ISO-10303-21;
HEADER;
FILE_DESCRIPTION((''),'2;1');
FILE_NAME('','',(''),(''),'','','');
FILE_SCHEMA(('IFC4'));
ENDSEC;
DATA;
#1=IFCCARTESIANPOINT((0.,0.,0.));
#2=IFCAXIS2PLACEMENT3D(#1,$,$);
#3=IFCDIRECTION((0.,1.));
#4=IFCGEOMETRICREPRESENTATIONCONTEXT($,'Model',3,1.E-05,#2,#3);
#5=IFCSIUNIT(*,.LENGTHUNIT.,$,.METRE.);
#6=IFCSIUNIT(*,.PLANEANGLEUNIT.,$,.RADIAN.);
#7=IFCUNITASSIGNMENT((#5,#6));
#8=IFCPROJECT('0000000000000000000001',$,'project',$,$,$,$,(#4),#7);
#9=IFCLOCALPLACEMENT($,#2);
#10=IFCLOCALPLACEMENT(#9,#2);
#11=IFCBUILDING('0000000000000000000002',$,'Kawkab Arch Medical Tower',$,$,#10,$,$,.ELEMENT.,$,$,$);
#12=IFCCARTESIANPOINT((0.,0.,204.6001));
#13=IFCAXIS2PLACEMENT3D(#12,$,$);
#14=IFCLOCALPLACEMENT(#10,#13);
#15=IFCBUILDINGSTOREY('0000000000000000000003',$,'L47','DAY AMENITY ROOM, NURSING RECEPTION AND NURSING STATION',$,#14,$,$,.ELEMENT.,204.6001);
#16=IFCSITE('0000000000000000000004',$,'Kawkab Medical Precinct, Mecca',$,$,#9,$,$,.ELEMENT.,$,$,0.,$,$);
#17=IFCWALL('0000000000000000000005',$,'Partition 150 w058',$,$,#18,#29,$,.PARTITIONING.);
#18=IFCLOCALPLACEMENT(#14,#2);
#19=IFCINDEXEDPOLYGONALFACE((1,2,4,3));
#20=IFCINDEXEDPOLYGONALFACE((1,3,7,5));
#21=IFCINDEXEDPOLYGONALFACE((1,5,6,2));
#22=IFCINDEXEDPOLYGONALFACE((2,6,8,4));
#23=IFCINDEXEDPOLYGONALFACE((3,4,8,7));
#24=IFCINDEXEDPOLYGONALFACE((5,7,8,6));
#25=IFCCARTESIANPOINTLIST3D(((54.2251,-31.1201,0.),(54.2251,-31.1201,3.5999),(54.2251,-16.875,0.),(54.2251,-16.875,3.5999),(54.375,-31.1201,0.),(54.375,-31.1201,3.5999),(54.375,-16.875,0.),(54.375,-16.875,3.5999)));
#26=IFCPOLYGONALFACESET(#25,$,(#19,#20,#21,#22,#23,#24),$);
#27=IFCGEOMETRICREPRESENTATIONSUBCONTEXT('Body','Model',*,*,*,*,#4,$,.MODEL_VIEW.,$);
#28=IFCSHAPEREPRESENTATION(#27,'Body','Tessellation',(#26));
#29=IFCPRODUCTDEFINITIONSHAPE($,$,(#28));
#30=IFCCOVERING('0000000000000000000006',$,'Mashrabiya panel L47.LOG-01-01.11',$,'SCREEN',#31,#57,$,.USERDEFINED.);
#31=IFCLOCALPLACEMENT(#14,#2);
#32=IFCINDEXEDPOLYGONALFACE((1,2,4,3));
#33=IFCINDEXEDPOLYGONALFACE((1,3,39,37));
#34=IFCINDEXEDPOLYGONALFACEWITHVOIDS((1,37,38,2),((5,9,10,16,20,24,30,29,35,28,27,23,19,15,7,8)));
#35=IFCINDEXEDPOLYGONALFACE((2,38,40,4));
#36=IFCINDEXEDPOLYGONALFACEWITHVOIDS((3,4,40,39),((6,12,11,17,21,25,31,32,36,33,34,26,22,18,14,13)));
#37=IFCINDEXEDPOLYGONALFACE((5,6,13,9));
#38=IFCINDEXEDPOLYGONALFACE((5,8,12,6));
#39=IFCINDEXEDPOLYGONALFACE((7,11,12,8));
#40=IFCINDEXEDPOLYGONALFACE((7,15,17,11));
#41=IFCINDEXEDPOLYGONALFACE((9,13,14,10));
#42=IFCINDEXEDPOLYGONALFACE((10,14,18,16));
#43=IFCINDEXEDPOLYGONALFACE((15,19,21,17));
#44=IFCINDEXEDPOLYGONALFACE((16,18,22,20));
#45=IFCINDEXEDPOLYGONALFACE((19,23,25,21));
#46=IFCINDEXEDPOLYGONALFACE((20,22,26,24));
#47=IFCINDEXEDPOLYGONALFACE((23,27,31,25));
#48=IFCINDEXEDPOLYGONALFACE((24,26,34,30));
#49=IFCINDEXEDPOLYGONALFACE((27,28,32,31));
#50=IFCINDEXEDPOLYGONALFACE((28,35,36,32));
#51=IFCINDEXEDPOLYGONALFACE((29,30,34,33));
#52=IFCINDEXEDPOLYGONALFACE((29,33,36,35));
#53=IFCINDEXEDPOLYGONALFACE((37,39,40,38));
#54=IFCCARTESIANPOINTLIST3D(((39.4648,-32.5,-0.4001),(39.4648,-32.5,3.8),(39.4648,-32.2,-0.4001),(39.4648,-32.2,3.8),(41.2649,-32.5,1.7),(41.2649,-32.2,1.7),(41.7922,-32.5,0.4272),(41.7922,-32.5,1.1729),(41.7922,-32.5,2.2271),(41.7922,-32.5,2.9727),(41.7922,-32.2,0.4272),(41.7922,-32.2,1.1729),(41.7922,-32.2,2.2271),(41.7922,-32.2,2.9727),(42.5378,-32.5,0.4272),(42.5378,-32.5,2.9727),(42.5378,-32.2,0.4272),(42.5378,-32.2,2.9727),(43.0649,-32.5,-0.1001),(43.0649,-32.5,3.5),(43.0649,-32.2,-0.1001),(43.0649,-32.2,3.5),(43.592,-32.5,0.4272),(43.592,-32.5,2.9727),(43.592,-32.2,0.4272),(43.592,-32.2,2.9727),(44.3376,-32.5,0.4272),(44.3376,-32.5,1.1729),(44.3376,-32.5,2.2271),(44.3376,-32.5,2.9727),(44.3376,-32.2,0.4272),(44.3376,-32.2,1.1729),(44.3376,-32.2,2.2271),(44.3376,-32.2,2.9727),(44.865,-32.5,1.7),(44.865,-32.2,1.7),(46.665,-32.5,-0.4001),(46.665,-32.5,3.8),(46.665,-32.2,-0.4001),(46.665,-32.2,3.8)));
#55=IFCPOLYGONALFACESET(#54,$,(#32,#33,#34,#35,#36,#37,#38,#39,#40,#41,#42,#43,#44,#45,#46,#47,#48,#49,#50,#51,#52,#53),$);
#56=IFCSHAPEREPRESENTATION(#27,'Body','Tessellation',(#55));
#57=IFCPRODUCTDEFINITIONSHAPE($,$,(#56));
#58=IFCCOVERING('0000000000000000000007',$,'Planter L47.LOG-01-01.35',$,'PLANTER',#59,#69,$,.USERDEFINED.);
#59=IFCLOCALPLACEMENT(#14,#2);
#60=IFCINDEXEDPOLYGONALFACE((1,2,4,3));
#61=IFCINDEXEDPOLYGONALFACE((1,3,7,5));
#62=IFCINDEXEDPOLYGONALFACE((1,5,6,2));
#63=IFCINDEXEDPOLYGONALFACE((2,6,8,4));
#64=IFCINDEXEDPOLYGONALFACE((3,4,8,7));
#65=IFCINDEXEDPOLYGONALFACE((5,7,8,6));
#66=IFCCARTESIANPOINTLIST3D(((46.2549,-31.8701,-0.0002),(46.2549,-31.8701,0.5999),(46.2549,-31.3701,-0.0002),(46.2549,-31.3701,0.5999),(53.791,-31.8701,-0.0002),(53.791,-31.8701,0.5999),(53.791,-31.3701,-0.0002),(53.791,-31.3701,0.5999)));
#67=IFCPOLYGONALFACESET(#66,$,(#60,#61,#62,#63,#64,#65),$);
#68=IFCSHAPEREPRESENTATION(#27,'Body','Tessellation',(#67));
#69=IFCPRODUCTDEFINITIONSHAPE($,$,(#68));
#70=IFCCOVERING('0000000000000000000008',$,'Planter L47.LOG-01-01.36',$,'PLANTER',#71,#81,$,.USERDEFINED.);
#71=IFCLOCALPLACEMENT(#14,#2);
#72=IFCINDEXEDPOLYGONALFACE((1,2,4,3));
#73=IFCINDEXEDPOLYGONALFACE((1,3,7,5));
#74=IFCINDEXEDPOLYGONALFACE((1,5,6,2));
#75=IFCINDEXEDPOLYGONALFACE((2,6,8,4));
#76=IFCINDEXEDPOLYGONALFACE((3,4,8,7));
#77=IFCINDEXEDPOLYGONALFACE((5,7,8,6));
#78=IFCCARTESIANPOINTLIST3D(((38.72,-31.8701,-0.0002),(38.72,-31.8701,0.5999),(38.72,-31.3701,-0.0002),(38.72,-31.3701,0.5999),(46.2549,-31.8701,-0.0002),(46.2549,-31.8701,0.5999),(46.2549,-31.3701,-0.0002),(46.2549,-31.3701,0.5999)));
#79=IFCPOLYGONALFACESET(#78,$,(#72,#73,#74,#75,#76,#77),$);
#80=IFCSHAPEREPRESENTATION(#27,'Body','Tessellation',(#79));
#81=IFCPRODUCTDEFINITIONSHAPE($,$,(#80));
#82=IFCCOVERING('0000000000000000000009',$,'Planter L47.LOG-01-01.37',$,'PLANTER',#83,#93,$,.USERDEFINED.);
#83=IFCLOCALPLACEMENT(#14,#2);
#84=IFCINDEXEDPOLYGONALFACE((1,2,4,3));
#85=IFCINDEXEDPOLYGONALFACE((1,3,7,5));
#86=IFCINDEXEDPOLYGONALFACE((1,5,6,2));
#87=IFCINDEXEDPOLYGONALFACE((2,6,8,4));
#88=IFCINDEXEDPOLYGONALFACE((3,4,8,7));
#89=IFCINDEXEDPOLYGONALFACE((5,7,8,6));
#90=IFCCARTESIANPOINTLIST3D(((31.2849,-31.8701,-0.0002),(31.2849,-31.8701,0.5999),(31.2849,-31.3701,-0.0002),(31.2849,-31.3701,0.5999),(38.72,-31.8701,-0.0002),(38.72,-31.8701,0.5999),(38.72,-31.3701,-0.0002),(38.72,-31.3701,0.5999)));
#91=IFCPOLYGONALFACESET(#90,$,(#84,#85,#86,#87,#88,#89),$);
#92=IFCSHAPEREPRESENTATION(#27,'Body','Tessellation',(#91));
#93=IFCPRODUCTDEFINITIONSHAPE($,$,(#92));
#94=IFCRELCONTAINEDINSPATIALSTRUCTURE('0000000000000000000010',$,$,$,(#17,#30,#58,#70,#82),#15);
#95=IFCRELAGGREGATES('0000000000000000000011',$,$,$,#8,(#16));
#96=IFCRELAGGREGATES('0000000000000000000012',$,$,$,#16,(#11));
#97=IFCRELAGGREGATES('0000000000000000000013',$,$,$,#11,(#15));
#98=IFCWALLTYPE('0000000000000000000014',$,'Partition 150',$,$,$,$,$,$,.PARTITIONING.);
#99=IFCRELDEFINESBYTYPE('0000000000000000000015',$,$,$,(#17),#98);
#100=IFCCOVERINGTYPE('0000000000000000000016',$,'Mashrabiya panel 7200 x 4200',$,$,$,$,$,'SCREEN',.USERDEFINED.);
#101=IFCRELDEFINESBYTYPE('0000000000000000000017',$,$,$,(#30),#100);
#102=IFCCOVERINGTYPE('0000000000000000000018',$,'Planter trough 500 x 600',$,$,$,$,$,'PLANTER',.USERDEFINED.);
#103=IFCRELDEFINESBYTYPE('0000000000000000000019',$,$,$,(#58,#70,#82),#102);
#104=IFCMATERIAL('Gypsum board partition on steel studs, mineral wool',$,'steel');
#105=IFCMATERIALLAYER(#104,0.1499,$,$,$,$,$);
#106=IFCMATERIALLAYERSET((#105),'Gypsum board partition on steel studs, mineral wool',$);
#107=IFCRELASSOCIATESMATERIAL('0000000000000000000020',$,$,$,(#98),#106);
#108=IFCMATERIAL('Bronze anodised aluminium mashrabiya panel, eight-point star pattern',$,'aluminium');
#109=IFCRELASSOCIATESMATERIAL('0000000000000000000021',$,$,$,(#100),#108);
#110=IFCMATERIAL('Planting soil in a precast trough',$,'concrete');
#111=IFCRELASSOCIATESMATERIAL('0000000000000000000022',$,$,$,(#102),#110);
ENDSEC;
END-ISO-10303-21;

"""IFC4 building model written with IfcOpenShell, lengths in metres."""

from ifc_helpers import new_model, si_unit, direction, frame, frame_2d, origin, origin_2d, place, context, subcontext, project, spatial, polyline, rectangle, outline, extrude, material, layer, layer_set, material_profile, profile_set, type_object, element, save


model = new_model("IFC4")

# Units and contexts
model_context = context("Model", 3, precision=1e-05, world=origin(), true_north=direction((0.0, 1.0)))
body_context = subcontext(model_context, "Body", "Model", "MODEL_VIEW")
ifc_project = project(units=[si_unit("LENGTHUNIT", "METRE"), si_unit("PLANEANGLEUNIT", "RADIAN")], contexts=[model_context])

# Site, building, storey
site_placement = place(None, origin())
site = spatial("IfcSite", under=ifc_project, at=site_placement, Name="Kawkab Medical Precinct, Mecca", CompositionType="ELEMENT", RefElevation=0.0)
building_placement = place(site_placement, origin())
building = spatial("IfcBuilding", under=site, at=building_placement, Name="Kawkab Arch Medical Tower", CompositionType="ELEMENT")
storey_placement = place(building_placement, frame((0.0, 0.0, 204.6001)))
storey = spatial("IfcBuildingStorey", under=building, at=storey_placement, Name="L47", Description="DAY AMENITY ROOM, NURSING RECEPTION AND NURSING STATION", CompositionType="ELEMENT", Elevation=204.6001)

# Wall
ifc_material_1 = material(Name="Gypsum board partition on steel studs, mineral wool", Category="steel")
ifc_layer_1 = layer(ifc_material_1, 0.1499)
ifc_layer_set_1 = layer_set([ifc_layer_1], Name="Gypsum board partition on steel studs, mineral wool")
wall_type_1 = type_object("IfcWallType", Name="Partition 150", PredefinedType="PARTITIONING", material=ifc_layer_set_1)
for number, where, z_axis, x_axis, name in (
    (1, (54.3, -31.1201, 0.0), (0.0, 0.0, 1.0), (0.0, 1.0, 0.0), "Partition 150 w058"),
):
    element("IfcWall", number, at=place(storey_placement, frame(where, z_axis=z_axis, x_axis=x_axis)), inside=storey, type_object=wall_type_1, Name=name, PredefinedType="PARTITIONING", context=body_context, shape_type="SweptSolid", body=[
        extrude(rectangle(XDim=14.2451, YDim=0.1499, at=frame_2d((7.1226, 0.0))), origin(), (0.0, 0.0, 1.0), 3.5999),
    ])

# Coverings
ifc_material_2 = material(Name="Bronze anodised aluminium mashrabiya panel, eight-point star pattern", Category="aluminium")
ifc_material_profile_1 = material_profile(ifc_material_2, outline(polyline([(-3.6001, -2.1001), (3.6001, -2.1001), (3.6001, 2.1001), (-3.6001, 2.1001), (-3.6001, -2.1001)]), holes=[polyline([(1.8, 0.0), (1.2727, 0.5271), (1.2727, 1.2727), (0.5271, 1.2727), (0.0, 1.8), (-0.5271, 1.2727), (-1.2727, 1.2727), (-1.2727, 0.5271), (-1.8, 0.0), (-1.2727, -0.5271), (-1.2727, -1.2727), (-0.5271, -1.2727), (0.0, -1.8), (0.5271, -1.2727), (1.2727, -1.2727), (1.2727, -0.5271), (1.8, 0.0)])]), Name="Mashrabiya panel 7200x4200")
ifc_profile_set_1 = profile_set([ifc_material_profile_1], Name="Bronze anodised aluminium mashrabiya panel, eight-point star pattern")
covering_type_1 = type_object("IfcCoveringType", Name="Mashrabiya panel 7200 x 4200", ElementType="SCREEN", PredefinedType="USERDEFINED", material=ifc_profile_set_1)
covering_1_placement = place(storey_placement, frame((43.0649, -32.2, 1.7), z_axis=(0.0, -1.0, 0.0), x_axis=(1.0, 0.0, 0.0)))
element("IfcCovering", 2, at=covering_1_placement, inside=storey, type_object=covering_type_1, Name="Mashrabiya panel L47.LOG-01-01.11", ObjectType="SCREEN", PredefinedType="USERDEFINED", context=body_context, shape_type="SweptSolid", body=[
    extrude(outline(polyline([(-3.6001, -2.1001), (3.6001, -2.1001), (3.6001, 2.1001), (-3.6001, 2.1001), (-3.6001, -2.1001)]), holes=[polyline([(1.8, 0.0), (1.2727, 0.5271), (1.2727, 1.2727), (0.5271, 1.2727), (0.0, 1.8), (-0.5271, 1.2727), (-1.2727, 1.2727), (-1.2727, 0.5271), (-1.8, 0.0), (-1.2727, -0.5271), (-1.2727, -1.2727), (-0.5271, -1.2727), (0.0, -1.8), (0.5271, -1.2727), (1.2727, -1.2727), (1.2727, -0.5271), (1.8, 0.0)])]), origin(), (0.0, 0.0, 1.0), 0.3),
])
ifc_material_3 = material(Name="Planting soil in a precast trough", Category="concrete")
ifc_material_profile_2 = material_profile(ifc_material_3, rectangle(XDim=0.5, YDim=0.6001, at=origin_2d()), Name="Trough 500x600")
ifc_profile_set_2 = profile_set([ifc_material_profile_2], Name="Planting soil in a precast trough")
covering_type_2 = type_object("IfcCoveringType", Name="Planter trough 500 x 600", ElementType="PLANTER", PredefinedType="USERDEFINED", material=ifc_profile_set_2)
covering_2_placement = place(storey_placement, frame((53.791, -31.6201, 0.2998), z_axis=(-1.0, 0.0, 0.0), x_axis=(0.0, -1.0, 0.0)))
element("IfcCovering", 3, at=covering_2_placement, inside=storey, type_object=covering_type_2, Name="Planter L47.LOG-01-01.35", ObjectType="PLANTER", PredefinedType="USERDEFINED", context=body_context, shape_type="SweptSolid", body=[
    extrude(rectangle(XDim=0.5, YDim=0.6001, at=origin_2d()), origin(), (0.0, 0.0, 1.0), 7.5361),
])
covering_3_placement = place(storey_placement, frame((46.2549, -31.6201, 0.2998), z_axis=(-1.0, 0.0, 0.0), x_axis=(0.0, -1.0, 0.0)))
element("IfcCovering", 4, at=covering_3_placement, inside=storey, type_object=covering_type_2, Name="Planter L47.LOG-01-01.36", ObjectType="PLANTER", PredefinedType="USERDEFINED", context=body_context, shape_type="SweptSolid", body=[
    extrude(rectangle(XDim=0.5, YDim=0.6001, at=origin_2d()), origin(), (0.0, 0.0, 1.0), 7.5349),
])
covering_4_placement = place(storey_placement, frame((38.72, -31.6201, 0.2998), z_axis=(-1.0, 0.0, 0.0), x_axis=(0.0, -1.0, 0.0)))
element("IfcCovering", 5, at=covering_4_placement, inside=storey, type_object=covering_type_2, Name="Planter L47.LOG-01-01.37", ObjectType="PLANTER", PredefinedType="USERDEFINED", context=body_context, shape_type="SweptSolid", body=[
    extrude(rectangle(XDim=0.5, YDim=0.6001, at=origin_2d()), origin(), (0.0, 0.0, 1.0), 7.4351),
])

save(model, "model.ifc")
